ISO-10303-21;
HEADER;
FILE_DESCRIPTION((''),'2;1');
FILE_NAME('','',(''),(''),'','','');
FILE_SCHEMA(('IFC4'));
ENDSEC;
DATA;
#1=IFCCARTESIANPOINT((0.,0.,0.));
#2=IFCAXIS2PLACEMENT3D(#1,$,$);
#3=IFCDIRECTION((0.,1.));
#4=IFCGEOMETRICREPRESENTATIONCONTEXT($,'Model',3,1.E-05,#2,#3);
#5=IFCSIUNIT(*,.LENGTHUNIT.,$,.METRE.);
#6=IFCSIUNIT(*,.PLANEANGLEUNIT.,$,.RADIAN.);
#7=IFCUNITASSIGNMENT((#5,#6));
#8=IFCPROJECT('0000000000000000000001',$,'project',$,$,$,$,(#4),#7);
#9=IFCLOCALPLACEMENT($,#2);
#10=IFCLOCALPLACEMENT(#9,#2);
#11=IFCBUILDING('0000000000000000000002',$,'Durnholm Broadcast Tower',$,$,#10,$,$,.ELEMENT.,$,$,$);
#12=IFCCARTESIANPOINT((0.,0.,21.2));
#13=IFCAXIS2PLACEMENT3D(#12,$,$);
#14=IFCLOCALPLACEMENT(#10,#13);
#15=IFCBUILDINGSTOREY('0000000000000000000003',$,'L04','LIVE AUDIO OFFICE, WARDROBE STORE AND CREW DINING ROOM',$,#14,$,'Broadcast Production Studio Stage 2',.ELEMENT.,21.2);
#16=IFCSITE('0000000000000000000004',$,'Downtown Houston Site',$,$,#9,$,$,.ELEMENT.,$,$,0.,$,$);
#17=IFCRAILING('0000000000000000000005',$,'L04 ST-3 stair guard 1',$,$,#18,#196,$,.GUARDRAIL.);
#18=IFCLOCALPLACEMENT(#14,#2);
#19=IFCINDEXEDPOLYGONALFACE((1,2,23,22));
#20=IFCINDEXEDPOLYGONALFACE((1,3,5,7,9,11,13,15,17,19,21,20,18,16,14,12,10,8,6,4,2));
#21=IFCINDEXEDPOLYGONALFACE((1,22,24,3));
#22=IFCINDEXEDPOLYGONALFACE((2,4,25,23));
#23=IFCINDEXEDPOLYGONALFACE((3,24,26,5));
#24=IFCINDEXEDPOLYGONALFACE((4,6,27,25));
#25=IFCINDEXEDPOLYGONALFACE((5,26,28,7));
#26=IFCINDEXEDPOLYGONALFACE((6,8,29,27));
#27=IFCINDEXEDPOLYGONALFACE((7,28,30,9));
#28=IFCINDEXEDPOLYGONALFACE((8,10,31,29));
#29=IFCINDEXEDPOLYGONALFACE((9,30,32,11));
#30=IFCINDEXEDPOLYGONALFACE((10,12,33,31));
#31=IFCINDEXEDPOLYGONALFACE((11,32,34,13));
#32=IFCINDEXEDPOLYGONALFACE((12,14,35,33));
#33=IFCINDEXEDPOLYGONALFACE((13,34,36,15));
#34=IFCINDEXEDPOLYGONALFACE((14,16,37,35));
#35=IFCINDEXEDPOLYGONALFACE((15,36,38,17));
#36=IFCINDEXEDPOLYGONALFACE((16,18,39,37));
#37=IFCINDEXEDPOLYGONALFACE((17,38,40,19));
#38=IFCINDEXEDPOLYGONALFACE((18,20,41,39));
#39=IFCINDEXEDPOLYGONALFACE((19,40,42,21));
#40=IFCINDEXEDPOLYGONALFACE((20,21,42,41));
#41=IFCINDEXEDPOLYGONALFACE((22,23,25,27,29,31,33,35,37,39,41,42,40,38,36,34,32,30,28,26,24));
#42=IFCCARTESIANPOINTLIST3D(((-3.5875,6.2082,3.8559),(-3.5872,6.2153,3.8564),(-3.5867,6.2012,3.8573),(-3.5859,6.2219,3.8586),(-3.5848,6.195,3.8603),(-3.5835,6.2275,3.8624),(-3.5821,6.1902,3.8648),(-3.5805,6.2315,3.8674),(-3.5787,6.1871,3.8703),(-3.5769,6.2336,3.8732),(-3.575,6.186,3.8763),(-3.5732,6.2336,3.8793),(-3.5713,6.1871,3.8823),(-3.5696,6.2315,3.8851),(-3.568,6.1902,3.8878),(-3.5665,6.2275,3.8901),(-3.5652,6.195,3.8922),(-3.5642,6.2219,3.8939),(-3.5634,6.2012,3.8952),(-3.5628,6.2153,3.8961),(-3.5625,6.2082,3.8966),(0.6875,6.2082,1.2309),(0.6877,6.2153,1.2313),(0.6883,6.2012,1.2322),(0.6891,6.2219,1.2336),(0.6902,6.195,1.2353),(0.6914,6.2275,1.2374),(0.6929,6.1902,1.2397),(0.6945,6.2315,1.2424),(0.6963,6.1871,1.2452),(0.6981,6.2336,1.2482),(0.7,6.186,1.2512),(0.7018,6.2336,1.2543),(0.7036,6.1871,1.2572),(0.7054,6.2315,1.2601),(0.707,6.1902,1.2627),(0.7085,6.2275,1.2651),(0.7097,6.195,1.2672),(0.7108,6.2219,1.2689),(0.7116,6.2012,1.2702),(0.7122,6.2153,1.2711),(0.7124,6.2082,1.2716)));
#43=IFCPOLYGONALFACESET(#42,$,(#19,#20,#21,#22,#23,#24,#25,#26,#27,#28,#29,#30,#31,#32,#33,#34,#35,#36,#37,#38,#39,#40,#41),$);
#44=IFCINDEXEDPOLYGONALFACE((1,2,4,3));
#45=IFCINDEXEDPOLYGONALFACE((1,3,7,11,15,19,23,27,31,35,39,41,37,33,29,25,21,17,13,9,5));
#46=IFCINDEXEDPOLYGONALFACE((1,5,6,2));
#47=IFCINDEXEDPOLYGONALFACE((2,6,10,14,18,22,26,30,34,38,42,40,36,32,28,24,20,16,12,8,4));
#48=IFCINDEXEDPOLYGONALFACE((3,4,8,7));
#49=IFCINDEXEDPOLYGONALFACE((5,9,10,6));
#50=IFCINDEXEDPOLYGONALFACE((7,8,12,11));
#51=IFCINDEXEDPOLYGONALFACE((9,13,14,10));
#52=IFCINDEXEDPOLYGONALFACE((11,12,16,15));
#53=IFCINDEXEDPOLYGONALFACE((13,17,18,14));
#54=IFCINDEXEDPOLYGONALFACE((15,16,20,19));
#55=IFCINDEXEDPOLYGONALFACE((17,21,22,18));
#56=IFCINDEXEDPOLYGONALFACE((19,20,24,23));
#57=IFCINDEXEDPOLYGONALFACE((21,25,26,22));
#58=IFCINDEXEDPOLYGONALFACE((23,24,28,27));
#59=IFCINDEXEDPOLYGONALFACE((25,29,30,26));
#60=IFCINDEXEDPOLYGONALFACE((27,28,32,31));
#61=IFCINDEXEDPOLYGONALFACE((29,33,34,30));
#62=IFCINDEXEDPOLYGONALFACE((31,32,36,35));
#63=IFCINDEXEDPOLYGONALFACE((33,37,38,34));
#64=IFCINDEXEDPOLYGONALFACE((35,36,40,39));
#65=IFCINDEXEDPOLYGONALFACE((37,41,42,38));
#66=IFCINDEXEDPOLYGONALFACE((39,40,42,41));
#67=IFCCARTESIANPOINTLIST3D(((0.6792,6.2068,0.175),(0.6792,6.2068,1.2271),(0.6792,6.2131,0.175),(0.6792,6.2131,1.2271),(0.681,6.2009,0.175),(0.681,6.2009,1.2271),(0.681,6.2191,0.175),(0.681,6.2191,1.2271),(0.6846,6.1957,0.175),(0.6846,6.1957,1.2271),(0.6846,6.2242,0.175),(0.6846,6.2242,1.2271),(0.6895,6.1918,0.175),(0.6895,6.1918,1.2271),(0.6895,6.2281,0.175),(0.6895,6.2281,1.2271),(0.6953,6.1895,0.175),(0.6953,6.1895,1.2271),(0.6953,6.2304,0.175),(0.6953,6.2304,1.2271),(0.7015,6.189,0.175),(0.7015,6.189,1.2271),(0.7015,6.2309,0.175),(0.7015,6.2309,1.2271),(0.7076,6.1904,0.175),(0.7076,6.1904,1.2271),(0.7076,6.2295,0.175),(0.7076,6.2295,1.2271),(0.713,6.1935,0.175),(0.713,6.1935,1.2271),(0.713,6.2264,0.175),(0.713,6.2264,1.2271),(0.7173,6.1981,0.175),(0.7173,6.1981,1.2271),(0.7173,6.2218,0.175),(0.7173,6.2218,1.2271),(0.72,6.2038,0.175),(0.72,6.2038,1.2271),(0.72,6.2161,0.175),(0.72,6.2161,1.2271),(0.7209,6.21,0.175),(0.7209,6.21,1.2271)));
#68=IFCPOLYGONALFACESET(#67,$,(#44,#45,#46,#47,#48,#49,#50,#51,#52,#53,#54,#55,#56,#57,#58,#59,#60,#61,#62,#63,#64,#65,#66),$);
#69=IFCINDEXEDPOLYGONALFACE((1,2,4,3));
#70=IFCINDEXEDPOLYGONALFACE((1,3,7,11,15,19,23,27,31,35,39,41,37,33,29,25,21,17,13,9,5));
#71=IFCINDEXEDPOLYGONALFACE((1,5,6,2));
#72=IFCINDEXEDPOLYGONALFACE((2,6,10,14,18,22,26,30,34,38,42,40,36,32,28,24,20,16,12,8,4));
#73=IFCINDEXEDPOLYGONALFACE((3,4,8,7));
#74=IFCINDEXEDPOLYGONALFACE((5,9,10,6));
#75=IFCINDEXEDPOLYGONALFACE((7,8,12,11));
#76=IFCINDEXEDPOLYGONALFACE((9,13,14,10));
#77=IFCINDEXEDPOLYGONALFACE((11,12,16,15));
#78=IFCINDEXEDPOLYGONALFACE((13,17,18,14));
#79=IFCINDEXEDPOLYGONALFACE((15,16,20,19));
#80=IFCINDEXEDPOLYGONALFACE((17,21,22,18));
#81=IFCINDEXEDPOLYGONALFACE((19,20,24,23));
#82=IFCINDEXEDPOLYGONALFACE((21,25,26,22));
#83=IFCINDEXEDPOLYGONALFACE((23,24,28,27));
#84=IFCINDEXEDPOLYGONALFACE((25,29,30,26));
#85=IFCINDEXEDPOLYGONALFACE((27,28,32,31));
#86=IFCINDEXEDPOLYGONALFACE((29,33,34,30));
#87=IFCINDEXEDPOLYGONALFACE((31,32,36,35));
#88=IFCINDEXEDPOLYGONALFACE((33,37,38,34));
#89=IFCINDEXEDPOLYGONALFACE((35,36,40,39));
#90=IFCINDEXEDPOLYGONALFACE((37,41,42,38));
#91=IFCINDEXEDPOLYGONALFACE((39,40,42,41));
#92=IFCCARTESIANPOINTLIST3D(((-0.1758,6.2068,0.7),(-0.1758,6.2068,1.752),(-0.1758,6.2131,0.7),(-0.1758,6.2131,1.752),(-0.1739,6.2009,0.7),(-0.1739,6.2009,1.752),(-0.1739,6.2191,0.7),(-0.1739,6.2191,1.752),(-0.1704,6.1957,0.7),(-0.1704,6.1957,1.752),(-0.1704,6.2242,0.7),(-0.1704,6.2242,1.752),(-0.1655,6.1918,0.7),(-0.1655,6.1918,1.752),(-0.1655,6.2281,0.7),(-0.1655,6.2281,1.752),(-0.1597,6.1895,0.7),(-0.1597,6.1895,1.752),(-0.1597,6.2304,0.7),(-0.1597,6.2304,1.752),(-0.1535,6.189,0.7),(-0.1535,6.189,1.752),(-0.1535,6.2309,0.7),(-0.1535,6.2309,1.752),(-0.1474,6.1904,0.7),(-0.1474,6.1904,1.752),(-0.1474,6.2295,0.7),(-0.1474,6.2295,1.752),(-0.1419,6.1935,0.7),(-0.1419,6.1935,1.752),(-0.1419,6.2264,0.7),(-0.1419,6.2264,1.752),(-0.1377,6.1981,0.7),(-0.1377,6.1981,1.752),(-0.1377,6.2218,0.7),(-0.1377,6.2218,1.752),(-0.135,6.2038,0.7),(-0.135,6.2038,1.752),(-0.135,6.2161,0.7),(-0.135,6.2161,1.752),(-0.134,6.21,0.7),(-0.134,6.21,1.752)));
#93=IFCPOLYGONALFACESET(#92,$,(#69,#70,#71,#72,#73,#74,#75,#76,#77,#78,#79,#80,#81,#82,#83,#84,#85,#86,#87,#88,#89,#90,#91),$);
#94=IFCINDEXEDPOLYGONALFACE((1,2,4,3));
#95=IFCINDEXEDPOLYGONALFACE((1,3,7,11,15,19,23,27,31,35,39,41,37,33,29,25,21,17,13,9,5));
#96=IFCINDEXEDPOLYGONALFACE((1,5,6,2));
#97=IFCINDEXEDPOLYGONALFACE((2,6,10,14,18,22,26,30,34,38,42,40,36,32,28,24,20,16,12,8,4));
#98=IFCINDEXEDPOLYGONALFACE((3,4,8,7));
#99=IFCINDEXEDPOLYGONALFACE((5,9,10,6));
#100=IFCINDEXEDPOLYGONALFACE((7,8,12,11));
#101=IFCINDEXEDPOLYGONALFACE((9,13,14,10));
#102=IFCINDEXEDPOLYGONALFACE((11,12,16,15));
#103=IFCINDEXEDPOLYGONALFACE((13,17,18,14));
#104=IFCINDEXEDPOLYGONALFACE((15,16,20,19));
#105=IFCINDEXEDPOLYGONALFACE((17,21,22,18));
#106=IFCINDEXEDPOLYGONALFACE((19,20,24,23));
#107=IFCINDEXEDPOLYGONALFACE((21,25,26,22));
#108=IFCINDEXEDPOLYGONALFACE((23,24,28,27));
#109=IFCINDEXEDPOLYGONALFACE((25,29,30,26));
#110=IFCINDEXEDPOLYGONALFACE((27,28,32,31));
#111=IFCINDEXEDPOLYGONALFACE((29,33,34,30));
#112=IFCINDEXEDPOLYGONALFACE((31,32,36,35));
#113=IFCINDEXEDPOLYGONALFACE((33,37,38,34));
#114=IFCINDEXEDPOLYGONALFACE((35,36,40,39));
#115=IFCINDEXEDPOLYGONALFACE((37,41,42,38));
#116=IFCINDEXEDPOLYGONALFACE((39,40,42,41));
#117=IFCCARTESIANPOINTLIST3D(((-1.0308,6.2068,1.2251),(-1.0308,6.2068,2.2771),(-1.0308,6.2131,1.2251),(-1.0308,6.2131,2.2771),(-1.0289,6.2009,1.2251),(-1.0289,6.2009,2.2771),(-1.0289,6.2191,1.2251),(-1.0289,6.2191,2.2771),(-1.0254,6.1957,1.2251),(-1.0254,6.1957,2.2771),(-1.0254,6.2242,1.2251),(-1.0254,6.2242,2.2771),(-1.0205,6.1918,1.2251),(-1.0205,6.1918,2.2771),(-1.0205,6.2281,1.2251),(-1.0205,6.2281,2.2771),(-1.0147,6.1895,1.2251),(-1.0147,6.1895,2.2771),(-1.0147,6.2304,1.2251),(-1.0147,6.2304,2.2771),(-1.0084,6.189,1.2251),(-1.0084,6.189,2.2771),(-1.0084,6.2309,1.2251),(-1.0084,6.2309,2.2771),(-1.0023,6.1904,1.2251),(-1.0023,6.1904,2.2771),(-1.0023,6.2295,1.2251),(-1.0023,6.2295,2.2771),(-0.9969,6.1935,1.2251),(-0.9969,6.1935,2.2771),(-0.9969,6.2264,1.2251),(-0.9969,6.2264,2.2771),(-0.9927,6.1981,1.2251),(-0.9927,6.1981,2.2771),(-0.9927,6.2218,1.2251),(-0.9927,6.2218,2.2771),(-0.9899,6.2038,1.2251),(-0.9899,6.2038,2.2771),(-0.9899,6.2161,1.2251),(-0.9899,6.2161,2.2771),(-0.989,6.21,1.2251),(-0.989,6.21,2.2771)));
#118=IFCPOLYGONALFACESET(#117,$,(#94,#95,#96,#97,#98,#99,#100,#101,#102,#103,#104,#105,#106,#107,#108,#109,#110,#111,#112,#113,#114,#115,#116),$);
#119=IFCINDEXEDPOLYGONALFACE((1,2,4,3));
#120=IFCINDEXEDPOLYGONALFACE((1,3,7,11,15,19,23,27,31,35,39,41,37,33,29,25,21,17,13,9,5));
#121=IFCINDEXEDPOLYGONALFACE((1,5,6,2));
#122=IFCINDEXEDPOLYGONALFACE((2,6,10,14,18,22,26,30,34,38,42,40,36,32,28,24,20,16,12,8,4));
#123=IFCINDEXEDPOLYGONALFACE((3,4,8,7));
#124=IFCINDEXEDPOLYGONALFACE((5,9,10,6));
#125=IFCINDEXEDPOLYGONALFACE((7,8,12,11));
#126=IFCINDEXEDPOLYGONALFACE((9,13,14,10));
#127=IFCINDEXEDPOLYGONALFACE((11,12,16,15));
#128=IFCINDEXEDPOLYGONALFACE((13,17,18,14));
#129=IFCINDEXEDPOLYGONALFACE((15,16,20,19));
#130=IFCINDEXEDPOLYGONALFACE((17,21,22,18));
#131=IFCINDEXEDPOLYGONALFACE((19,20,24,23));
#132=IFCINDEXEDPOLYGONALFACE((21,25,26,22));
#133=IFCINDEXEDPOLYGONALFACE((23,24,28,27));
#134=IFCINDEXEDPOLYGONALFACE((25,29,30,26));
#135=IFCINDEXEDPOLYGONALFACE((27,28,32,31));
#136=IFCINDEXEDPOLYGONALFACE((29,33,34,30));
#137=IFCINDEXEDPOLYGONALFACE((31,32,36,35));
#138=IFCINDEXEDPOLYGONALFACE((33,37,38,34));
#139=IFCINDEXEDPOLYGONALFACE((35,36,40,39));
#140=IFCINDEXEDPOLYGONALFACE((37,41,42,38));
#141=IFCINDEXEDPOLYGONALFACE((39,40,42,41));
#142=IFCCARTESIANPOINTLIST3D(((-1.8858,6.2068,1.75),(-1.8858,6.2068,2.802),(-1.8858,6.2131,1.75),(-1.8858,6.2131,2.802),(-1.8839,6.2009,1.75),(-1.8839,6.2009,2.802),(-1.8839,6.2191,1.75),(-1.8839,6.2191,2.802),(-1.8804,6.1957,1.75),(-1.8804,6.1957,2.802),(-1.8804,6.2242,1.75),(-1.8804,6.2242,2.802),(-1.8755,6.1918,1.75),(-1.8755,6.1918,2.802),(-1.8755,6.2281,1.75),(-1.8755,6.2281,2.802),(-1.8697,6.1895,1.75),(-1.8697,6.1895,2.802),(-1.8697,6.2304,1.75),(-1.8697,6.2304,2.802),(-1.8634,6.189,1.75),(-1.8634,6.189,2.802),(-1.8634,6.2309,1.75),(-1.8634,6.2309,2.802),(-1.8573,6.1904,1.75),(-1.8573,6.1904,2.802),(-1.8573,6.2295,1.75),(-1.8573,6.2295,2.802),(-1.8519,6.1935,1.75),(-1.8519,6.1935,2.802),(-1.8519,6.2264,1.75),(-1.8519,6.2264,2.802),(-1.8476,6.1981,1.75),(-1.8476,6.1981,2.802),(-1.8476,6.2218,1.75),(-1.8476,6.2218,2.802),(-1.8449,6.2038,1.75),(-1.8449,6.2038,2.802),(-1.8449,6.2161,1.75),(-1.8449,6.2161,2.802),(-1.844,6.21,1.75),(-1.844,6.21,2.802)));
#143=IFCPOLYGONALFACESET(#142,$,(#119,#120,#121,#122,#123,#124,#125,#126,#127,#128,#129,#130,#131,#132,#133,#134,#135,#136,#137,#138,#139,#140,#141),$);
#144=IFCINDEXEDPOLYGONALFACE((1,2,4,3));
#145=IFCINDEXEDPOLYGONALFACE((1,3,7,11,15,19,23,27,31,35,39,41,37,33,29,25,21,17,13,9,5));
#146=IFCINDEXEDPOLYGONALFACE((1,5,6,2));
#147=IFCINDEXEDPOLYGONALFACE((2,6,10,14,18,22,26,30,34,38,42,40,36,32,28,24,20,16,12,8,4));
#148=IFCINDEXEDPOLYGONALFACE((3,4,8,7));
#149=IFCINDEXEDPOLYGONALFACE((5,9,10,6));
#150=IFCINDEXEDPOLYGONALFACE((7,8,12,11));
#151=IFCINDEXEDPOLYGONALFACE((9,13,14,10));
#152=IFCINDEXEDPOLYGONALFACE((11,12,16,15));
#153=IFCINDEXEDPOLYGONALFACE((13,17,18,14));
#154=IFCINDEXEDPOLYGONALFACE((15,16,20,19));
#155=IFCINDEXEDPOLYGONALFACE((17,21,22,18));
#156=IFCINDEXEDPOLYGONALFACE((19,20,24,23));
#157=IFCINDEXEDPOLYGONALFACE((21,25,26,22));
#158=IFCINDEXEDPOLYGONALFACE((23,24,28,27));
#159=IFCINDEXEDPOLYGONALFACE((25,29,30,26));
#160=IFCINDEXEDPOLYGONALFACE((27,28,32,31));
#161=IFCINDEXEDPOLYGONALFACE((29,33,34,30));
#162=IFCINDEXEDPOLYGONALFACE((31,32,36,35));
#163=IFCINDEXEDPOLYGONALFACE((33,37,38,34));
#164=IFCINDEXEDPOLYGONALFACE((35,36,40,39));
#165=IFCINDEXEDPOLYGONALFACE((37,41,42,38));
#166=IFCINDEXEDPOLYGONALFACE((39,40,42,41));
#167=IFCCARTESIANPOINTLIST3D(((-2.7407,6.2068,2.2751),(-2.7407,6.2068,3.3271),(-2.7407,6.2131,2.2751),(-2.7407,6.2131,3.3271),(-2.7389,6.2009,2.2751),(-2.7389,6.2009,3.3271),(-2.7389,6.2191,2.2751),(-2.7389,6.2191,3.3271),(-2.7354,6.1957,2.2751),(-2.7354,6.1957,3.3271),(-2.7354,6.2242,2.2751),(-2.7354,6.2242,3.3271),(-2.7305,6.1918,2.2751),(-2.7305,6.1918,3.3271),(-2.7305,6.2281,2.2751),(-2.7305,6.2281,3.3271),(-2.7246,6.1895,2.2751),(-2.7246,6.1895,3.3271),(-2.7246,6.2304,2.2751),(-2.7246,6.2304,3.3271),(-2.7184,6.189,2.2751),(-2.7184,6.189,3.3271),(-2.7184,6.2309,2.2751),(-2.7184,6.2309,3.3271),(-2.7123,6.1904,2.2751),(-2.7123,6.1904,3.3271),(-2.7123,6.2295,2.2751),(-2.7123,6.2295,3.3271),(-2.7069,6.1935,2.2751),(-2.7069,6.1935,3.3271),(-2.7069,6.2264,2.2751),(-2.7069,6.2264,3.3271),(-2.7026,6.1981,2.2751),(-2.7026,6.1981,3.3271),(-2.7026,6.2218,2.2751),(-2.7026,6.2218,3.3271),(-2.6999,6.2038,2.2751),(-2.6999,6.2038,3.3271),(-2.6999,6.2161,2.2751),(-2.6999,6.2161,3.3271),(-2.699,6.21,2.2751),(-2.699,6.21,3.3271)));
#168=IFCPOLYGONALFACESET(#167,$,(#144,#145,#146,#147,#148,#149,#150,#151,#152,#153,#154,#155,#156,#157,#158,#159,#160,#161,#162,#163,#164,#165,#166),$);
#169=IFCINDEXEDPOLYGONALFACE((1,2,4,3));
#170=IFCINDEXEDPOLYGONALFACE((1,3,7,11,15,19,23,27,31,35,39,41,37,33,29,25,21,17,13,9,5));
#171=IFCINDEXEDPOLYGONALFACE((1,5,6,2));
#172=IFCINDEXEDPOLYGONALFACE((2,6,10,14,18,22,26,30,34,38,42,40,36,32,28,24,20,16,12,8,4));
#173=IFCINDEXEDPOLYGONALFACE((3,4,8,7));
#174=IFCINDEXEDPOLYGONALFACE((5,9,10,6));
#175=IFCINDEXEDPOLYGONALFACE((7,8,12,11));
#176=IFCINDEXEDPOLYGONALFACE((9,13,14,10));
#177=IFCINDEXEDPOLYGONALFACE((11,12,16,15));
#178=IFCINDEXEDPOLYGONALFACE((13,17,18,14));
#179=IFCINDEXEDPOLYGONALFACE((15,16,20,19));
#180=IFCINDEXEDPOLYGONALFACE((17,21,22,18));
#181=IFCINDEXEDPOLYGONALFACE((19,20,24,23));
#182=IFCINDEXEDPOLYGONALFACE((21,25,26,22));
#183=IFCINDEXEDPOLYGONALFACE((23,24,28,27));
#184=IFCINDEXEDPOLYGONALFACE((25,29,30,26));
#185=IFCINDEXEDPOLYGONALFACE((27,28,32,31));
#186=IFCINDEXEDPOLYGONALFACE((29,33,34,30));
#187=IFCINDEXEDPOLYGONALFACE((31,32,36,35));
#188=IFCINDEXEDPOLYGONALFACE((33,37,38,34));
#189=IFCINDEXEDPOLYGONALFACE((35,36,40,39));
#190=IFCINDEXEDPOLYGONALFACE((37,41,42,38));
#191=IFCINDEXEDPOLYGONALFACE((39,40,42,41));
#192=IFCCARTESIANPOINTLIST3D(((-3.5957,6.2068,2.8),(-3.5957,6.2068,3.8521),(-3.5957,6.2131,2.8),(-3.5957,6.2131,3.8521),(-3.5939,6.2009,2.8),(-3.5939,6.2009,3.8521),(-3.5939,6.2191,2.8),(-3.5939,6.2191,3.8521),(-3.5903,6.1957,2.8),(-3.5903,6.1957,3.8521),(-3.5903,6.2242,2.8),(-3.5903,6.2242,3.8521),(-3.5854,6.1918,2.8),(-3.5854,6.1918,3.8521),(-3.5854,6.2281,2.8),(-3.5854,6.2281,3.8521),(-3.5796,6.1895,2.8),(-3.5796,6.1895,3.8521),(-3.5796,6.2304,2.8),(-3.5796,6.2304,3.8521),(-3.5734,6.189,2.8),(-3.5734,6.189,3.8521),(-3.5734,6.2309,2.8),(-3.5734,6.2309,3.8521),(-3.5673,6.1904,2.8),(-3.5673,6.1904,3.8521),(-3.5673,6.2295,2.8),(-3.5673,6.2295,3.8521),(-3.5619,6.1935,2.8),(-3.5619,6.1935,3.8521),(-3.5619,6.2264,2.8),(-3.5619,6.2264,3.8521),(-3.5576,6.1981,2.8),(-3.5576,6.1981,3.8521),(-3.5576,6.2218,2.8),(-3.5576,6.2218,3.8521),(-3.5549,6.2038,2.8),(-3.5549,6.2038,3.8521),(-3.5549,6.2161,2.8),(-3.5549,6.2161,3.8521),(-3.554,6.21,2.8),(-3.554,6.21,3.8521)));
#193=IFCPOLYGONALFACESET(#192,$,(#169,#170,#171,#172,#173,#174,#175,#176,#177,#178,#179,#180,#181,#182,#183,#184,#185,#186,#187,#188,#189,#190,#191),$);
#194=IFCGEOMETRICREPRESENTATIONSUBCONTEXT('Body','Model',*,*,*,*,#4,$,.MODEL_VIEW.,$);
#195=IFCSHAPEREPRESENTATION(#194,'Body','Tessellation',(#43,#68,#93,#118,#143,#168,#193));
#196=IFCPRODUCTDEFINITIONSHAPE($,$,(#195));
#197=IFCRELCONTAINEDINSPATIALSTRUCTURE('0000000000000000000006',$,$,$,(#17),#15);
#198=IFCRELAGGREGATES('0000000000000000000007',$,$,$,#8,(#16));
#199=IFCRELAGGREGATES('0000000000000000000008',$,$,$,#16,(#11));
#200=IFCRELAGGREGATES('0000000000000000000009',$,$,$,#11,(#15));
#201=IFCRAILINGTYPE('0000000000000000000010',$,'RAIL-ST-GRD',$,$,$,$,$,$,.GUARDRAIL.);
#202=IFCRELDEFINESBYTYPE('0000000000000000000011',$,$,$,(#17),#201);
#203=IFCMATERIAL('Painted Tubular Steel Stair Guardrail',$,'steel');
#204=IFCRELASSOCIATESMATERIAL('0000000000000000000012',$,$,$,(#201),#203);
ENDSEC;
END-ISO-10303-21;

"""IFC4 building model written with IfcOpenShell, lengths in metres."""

from ifc_helpers import new_model, si_unit, direction, frame, origin, origin_2d, place, context, subcontext, project, spatial, circle, extrude, material, type_object, element, save


model = new_model("IFC4")

# Units and contexts
model_context = context("Model", 3, precision=1e-05, world=origin(), true_north=direction((0.0, 1.0)))
body_context = subcontext(model_context, "Body", "Model", "MODEL_VIEW")
ifc_project = project(units=[si_unit("LENGTHUNIT", "METRE"), si_unit("PLANEANGLEUNIT", "RADIAN")], contexts=[model_context])

# Site, building, storey
site_placement = place(None, origin())
site = spatial("IfcSite", under=ifc_project, at=site_placement, Name="Downtown Houston Site", CompositionType="ELEMENT", RefElevation=0.0)
building_placement = place(site_placement, origin())
building = spatial("IfcBuilding", under=site, at=building_placement, Name="Durnholm Broadcast Tower", CompositionType="ELEMENT")
storey_placement = place(building_placement, frame((0.0, 0.0, 21.2)))
storey = spatial("IfcBuildingStorey", under=building, at=storey_placement, Name="L04", Description="LIVE AUDIO OFFICE, WARDROBE STORE AND CREW DINING ROOM", LongName="Broadcast Production Studio Stage 2", CompositionType="ELEMENT", Elevation=21.2)

# Railing
ifc_material_1 = material(Name="Painted Tubular Steel Stair Guardrail", Category="steel")
railing_type_1 = type_object("IfcRailingType", Name="RAIL-ST-GRD", PredefinedType="GUARDRAIL", material=ifc_material_1)
railing_1_placement = place(storey_placement, frame((0.7, 6.21, 0.175)))
element("IfcRailing", 1, at=railing_1_placement, inside=storey, type_object=railing_type_1, Name="L04 ST-3 stair guard 1", PredefinedType="GUARDRAIL", context=body_context, shape_type="SweptSolid", body=[
    extrude(circle(Radius=0.0239, at=origin_2d()), frame((0.0, 0.0, 1.0762), z_axis=(-0.852166, 0.0, 0.523272), x_axis=(0.0, -1.0, 0.0)), (0.0, 0.0, 1.0), 5.0166),
    extrude(circle(Radius=0.021, at=origin_2d()), origin(), (0.0, 0.0, 1.0), 1.052),
    extrude(circle(Radius=0.021, at=origin_2d()), frame((-0.855, 0.0, 0.5249)), (0.0, 0.0, 1.0), 1.052),
    extrude(circle(Radius=0.021, at=origin_2d()), frame((-1.71, 0.0, 1.05)), (0.0, 0.0, 1.0), 1.052),
    extrude(circle(Radius=0.021, at=origin_2d()), frame((-2.5649, 0.0, 1.575)), (0.0, 0.0, 1.0), 1.052),
    extrude(circle(Radius=0.021, at=origin_2d()), frame((-3.4199, 0.0, 2.1001)), (0.0, 0.0, 1.0), 1.052),
    extrude(circle(Radius=0.021, at=origin_2d()), frame((-4.2749, 0.0, 2.625)), (0.0, 0.0, 1.0), 1.052),
])

save(model, "model.ifc")
